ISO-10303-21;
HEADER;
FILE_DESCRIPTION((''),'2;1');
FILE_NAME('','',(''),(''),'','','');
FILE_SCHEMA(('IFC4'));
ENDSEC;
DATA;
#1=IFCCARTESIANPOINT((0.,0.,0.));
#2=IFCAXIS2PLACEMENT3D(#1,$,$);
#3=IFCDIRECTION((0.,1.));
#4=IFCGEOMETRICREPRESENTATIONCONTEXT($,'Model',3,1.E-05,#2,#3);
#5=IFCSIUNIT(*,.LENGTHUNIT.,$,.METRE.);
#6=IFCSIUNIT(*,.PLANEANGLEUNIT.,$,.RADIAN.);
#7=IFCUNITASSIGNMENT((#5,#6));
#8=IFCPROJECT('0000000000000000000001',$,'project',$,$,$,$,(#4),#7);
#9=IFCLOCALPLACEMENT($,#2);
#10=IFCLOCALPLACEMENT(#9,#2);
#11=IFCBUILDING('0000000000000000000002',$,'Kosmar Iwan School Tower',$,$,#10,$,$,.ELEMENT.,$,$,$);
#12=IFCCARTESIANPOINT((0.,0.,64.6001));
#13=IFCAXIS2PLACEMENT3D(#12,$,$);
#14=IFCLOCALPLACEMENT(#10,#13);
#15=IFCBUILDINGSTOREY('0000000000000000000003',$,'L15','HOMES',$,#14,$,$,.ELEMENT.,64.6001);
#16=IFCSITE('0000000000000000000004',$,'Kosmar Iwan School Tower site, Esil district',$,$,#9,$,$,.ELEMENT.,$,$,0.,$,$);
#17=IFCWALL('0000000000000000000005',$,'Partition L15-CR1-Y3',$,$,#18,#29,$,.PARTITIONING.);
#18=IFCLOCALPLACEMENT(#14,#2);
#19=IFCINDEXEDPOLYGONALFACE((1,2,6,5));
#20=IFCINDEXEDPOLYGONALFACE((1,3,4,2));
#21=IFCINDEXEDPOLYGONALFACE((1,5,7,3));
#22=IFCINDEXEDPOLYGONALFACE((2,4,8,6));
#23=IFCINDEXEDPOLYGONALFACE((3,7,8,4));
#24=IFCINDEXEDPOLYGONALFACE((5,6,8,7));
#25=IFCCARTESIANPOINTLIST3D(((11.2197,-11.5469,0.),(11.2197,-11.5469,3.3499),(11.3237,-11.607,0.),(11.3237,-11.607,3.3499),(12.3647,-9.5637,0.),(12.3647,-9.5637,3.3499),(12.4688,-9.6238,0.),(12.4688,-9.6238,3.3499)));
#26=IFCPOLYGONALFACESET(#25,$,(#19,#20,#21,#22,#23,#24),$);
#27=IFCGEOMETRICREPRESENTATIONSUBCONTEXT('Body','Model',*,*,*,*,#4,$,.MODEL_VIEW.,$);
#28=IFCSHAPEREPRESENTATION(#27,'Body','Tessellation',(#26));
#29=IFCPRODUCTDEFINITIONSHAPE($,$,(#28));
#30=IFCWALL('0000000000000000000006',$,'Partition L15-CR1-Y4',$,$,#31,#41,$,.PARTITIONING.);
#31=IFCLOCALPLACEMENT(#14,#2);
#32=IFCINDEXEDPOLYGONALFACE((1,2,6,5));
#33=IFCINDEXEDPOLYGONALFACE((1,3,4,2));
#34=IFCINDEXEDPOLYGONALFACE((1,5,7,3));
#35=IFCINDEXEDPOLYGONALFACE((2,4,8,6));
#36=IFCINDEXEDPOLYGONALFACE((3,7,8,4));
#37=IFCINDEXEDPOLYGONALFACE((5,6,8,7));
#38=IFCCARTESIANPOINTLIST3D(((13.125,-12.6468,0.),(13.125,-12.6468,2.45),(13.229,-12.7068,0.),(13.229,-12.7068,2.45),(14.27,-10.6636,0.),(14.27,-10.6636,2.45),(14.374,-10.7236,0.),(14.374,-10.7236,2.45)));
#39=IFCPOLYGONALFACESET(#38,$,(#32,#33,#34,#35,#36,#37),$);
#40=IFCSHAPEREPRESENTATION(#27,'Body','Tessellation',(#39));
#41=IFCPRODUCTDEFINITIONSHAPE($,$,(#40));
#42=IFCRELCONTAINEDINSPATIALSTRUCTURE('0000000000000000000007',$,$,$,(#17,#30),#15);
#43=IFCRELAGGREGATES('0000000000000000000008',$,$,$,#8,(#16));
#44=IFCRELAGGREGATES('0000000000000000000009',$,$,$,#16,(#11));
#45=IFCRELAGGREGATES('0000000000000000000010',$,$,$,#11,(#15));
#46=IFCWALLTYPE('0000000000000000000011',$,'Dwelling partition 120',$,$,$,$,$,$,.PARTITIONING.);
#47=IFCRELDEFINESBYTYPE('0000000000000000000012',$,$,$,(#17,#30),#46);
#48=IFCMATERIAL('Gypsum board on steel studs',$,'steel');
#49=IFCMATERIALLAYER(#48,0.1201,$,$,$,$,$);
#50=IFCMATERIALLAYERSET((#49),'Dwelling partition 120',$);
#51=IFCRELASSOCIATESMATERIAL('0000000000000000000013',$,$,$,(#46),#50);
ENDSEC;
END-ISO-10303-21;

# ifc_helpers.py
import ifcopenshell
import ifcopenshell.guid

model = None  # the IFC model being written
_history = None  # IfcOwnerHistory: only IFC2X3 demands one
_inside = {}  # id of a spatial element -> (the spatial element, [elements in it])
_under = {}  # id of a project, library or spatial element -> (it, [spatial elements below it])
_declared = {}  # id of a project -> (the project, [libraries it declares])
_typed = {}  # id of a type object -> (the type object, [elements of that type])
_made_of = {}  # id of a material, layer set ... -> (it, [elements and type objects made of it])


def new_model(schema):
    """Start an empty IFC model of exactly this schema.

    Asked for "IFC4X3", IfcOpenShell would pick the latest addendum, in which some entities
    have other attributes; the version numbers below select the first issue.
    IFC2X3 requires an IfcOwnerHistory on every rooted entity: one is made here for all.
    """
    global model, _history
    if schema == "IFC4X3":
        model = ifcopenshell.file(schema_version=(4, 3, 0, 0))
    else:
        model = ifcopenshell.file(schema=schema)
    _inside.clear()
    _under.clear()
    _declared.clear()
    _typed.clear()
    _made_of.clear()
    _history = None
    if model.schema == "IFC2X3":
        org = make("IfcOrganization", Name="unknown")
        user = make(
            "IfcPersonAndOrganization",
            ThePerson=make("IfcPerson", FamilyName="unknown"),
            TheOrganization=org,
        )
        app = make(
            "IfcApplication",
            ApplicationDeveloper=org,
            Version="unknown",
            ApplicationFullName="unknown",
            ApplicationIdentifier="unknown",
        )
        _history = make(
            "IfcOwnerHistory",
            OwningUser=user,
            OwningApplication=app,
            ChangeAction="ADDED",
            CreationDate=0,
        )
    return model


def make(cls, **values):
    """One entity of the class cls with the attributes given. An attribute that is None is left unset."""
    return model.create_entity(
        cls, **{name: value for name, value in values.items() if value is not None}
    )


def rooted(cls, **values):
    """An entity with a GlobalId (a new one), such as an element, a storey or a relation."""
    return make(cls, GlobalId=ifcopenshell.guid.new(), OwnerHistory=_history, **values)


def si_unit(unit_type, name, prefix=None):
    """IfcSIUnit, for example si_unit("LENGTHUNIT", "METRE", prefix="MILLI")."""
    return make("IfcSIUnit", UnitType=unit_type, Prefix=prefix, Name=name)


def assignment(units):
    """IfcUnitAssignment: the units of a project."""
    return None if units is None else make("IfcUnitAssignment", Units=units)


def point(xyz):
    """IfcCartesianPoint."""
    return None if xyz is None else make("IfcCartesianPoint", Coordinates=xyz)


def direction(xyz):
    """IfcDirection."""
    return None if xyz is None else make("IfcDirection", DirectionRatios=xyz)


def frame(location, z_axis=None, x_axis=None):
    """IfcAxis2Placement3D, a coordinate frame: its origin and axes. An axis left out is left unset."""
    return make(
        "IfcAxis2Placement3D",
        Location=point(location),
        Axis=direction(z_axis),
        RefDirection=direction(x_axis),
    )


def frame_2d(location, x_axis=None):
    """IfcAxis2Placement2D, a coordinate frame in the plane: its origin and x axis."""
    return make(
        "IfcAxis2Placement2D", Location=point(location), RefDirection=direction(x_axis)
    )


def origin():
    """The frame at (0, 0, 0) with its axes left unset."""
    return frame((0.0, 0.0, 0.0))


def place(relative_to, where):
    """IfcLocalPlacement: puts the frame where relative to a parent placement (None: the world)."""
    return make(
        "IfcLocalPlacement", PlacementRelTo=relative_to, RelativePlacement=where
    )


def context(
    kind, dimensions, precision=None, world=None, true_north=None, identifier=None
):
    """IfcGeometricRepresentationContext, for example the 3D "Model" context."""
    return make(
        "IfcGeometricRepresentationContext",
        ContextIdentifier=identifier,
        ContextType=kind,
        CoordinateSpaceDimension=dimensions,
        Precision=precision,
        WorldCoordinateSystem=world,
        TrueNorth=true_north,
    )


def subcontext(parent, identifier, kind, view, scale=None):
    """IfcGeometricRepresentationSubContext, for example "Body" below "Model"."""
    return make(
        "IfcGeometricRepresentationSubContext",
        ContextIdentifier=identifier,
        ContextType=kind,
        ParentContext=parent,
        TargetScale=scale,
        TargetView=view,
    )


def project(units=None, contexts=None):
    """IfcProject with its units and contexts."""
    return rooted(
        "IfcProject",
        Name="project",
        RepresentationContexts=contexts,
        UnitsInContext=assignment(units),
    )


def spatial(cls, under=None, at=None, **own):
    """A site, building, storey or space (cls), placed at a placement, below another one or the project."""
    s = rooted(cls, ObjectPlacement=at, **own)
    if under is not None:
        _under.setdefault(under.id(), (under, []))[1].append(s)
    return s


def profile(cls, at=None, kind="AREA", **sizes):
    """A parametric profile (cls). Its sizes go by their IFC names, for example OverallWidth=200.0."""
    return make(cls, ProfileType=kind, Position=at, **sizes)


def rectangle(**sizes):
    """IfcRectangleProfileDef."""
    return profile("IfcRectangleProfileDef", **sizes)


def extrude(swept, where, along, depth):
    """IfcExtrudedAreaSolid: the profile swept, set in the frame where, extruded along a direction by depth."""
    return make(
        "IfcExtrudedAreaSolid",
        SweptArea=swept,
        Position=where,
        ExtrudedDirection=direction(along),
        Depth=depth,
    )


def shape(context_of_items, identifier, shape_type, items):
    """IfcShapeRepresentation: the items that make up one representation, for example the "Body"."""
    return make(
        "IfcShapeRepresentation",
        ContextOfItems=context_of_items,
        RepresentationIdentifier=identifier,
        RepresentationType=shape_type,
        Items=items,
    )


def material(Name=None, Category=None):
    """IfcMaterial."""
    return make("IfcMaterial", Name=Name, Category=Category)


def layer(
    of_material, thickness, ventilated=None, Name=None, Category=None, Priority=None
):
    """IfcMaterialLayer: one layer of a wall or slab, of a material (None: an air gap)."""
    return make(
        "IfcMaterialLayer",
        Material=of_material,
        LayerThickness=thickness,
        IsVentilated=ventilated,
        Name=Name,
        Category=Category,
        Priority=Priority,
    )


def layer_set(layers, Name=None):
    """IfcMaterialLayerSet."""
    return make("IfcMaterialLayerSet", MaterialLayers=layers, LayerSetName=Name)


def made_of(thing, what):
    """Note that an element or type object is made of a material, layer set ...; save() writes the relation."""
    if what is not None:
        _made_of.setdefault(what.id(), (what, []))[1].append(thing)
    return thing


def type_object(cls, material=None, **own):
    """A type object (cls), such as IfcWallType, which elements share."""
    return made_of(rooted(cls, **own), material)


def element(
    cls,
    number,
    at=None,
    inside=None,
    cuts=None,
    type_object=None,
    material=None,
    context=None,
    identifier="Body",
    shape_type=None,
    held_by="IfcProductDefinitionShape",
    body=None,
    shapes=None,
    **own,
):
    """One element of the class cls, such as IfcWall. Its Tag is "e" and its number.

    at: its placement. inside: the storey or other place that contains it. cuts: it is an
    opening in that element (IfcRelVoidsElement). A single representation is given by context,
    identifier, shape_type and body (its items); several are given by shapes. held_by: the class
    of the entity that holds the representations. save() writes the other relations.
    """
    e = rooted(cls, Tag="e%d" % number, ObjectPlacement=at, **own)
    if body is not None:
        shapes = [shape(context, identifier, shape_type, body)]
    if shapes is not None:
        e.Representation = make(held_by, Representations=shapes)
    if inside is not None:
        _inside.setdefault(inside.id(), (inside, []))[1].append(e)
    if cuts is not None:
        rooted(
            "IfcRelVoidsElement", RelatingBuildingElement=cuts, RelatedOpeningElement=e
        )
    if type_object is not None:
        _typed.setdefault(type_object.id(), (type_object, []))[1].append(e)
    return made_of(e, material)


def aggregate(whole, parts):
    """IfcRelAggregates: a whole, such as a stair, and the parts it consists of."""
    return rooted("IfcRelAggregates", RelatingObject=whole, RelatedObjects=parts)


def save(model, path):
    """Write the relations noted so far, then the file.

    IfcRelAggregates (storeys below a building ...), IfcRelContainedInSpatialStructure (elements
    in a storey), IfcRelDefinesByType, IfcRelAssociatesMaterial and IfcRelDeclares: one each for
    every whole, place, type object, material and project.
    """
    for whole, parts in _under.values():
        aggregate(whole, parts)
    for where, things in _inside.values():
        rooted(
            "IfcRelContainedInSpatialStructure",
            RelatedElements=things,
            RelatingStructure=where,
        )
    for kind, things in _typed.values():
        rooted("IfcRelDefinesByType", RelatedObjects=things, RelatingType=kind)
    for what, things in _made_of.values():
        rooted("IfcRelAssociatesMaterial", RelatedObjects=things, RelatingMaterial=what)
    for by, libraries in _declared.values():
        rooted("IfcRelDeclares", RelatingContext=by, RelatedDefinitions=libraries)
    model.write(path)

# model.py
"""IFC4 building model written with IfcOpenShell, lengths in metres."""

from ifc_helpers import new_model, si_unit, direction, frame, frame_2d, origin, place, context, subcontext, project, spatial, rectangle, extrude, material, layer, layer_set, type_object, element, save


model = new_model("IFC4")

# Units and contexts
model_context = context("Model", 3, precision=1e-05, world=origin(), true_north=direction((0.0, 1.0)))
body_context = subcontext(model_context, "Body", "Model", "MODEL_VIEW")
ifc_project = project(units=[si_unit("LENGTHUNIT", "METRE"), si_unit("PLANEANGLEUNIT", "RADIAN")], contexts=[model_context])

# Site, building, storey
site_placement = place(None, origin())
site = spatial("IfcSite", under=ifc_project, at=site_placement, Name="Kosmar Iwan School Tower site, Esil district", CompositionType="ELEMENT", RefElevation=0.0)
building_placement = place(site_placement, origin())
building = spatial("IfcBuilding", under=site, at=building_placement, Name="Kosmar Iwan School Tower", CompositionType="ELEMENT")
storey_placement = place(building_placement, frame((0.0, 0.0, 64.6001)))
storey = spatial("IfcBuildingStorey", under=building, at=storey_placement, Name="L15", Description="HOMES", CompositionType="ELEMENT", Elevation=64.6001)

# Walls
ifc_material_1 = material(Name="Gypsum board on steel studs", Category="steel")
ifc_layer_1 = layer(ifc_material_1, 0.1201)
ifc_layer_set_1 = layer_set([ifc_layer_1], Name="Dwelling partition 120")
wall_type_1 = type_object("IfcWallType", Name="Dwelling partition 120", PredefinedType="PARTITIONING", material=ifc_layer_set_1)
for number, where, z_axis, x_axis, name in (
    (1, (12.4167, -9.5938, 0.0), (0.0, 0.0, 1.0), (-0.500015, -0.866017, 0.0), "Partition L15-CR1-Y3"),
):
    element("IfcWall", number, at=place(storey_placement, frame(where, z_axis=z_axis, x_axis=x_axis)), inside=storey, type_object=wall_type_1, Name=name, PredefinedType="PARTITIONING", context=body_context, shape_type="SweptSolid", body=[
        extrude(rectangle(XDim=2.29, YDim=0.1201, at=frame_2d((1.145, 0.0))), origin(), (0.0, 0.0, 1.0), 3.3499),
    ])
wall_1_placement = place(storey_placement, frame((14.322, -10.6936, 0.0), z_axis=(0.0, 0.0, 1.0), x_axis=(-0.500015, -0.866017, 0.0)))
element("IfcWall", 2, at=wall_1_placement, inside=storey, type_object=wall_type_1, Name="Partition L15-CR1-Y4", PredefinedType="PARTITIONING", context=body_context, shape_type="SweptSolid", body=[
    extrude(rectangle(XDim=2.29, YDim=0.1201, at=frame_2d((1.145, 0.0))), origin(), (0.0, 0.0, 1.0), 2.45),
])

save(model, "model.ifc")
